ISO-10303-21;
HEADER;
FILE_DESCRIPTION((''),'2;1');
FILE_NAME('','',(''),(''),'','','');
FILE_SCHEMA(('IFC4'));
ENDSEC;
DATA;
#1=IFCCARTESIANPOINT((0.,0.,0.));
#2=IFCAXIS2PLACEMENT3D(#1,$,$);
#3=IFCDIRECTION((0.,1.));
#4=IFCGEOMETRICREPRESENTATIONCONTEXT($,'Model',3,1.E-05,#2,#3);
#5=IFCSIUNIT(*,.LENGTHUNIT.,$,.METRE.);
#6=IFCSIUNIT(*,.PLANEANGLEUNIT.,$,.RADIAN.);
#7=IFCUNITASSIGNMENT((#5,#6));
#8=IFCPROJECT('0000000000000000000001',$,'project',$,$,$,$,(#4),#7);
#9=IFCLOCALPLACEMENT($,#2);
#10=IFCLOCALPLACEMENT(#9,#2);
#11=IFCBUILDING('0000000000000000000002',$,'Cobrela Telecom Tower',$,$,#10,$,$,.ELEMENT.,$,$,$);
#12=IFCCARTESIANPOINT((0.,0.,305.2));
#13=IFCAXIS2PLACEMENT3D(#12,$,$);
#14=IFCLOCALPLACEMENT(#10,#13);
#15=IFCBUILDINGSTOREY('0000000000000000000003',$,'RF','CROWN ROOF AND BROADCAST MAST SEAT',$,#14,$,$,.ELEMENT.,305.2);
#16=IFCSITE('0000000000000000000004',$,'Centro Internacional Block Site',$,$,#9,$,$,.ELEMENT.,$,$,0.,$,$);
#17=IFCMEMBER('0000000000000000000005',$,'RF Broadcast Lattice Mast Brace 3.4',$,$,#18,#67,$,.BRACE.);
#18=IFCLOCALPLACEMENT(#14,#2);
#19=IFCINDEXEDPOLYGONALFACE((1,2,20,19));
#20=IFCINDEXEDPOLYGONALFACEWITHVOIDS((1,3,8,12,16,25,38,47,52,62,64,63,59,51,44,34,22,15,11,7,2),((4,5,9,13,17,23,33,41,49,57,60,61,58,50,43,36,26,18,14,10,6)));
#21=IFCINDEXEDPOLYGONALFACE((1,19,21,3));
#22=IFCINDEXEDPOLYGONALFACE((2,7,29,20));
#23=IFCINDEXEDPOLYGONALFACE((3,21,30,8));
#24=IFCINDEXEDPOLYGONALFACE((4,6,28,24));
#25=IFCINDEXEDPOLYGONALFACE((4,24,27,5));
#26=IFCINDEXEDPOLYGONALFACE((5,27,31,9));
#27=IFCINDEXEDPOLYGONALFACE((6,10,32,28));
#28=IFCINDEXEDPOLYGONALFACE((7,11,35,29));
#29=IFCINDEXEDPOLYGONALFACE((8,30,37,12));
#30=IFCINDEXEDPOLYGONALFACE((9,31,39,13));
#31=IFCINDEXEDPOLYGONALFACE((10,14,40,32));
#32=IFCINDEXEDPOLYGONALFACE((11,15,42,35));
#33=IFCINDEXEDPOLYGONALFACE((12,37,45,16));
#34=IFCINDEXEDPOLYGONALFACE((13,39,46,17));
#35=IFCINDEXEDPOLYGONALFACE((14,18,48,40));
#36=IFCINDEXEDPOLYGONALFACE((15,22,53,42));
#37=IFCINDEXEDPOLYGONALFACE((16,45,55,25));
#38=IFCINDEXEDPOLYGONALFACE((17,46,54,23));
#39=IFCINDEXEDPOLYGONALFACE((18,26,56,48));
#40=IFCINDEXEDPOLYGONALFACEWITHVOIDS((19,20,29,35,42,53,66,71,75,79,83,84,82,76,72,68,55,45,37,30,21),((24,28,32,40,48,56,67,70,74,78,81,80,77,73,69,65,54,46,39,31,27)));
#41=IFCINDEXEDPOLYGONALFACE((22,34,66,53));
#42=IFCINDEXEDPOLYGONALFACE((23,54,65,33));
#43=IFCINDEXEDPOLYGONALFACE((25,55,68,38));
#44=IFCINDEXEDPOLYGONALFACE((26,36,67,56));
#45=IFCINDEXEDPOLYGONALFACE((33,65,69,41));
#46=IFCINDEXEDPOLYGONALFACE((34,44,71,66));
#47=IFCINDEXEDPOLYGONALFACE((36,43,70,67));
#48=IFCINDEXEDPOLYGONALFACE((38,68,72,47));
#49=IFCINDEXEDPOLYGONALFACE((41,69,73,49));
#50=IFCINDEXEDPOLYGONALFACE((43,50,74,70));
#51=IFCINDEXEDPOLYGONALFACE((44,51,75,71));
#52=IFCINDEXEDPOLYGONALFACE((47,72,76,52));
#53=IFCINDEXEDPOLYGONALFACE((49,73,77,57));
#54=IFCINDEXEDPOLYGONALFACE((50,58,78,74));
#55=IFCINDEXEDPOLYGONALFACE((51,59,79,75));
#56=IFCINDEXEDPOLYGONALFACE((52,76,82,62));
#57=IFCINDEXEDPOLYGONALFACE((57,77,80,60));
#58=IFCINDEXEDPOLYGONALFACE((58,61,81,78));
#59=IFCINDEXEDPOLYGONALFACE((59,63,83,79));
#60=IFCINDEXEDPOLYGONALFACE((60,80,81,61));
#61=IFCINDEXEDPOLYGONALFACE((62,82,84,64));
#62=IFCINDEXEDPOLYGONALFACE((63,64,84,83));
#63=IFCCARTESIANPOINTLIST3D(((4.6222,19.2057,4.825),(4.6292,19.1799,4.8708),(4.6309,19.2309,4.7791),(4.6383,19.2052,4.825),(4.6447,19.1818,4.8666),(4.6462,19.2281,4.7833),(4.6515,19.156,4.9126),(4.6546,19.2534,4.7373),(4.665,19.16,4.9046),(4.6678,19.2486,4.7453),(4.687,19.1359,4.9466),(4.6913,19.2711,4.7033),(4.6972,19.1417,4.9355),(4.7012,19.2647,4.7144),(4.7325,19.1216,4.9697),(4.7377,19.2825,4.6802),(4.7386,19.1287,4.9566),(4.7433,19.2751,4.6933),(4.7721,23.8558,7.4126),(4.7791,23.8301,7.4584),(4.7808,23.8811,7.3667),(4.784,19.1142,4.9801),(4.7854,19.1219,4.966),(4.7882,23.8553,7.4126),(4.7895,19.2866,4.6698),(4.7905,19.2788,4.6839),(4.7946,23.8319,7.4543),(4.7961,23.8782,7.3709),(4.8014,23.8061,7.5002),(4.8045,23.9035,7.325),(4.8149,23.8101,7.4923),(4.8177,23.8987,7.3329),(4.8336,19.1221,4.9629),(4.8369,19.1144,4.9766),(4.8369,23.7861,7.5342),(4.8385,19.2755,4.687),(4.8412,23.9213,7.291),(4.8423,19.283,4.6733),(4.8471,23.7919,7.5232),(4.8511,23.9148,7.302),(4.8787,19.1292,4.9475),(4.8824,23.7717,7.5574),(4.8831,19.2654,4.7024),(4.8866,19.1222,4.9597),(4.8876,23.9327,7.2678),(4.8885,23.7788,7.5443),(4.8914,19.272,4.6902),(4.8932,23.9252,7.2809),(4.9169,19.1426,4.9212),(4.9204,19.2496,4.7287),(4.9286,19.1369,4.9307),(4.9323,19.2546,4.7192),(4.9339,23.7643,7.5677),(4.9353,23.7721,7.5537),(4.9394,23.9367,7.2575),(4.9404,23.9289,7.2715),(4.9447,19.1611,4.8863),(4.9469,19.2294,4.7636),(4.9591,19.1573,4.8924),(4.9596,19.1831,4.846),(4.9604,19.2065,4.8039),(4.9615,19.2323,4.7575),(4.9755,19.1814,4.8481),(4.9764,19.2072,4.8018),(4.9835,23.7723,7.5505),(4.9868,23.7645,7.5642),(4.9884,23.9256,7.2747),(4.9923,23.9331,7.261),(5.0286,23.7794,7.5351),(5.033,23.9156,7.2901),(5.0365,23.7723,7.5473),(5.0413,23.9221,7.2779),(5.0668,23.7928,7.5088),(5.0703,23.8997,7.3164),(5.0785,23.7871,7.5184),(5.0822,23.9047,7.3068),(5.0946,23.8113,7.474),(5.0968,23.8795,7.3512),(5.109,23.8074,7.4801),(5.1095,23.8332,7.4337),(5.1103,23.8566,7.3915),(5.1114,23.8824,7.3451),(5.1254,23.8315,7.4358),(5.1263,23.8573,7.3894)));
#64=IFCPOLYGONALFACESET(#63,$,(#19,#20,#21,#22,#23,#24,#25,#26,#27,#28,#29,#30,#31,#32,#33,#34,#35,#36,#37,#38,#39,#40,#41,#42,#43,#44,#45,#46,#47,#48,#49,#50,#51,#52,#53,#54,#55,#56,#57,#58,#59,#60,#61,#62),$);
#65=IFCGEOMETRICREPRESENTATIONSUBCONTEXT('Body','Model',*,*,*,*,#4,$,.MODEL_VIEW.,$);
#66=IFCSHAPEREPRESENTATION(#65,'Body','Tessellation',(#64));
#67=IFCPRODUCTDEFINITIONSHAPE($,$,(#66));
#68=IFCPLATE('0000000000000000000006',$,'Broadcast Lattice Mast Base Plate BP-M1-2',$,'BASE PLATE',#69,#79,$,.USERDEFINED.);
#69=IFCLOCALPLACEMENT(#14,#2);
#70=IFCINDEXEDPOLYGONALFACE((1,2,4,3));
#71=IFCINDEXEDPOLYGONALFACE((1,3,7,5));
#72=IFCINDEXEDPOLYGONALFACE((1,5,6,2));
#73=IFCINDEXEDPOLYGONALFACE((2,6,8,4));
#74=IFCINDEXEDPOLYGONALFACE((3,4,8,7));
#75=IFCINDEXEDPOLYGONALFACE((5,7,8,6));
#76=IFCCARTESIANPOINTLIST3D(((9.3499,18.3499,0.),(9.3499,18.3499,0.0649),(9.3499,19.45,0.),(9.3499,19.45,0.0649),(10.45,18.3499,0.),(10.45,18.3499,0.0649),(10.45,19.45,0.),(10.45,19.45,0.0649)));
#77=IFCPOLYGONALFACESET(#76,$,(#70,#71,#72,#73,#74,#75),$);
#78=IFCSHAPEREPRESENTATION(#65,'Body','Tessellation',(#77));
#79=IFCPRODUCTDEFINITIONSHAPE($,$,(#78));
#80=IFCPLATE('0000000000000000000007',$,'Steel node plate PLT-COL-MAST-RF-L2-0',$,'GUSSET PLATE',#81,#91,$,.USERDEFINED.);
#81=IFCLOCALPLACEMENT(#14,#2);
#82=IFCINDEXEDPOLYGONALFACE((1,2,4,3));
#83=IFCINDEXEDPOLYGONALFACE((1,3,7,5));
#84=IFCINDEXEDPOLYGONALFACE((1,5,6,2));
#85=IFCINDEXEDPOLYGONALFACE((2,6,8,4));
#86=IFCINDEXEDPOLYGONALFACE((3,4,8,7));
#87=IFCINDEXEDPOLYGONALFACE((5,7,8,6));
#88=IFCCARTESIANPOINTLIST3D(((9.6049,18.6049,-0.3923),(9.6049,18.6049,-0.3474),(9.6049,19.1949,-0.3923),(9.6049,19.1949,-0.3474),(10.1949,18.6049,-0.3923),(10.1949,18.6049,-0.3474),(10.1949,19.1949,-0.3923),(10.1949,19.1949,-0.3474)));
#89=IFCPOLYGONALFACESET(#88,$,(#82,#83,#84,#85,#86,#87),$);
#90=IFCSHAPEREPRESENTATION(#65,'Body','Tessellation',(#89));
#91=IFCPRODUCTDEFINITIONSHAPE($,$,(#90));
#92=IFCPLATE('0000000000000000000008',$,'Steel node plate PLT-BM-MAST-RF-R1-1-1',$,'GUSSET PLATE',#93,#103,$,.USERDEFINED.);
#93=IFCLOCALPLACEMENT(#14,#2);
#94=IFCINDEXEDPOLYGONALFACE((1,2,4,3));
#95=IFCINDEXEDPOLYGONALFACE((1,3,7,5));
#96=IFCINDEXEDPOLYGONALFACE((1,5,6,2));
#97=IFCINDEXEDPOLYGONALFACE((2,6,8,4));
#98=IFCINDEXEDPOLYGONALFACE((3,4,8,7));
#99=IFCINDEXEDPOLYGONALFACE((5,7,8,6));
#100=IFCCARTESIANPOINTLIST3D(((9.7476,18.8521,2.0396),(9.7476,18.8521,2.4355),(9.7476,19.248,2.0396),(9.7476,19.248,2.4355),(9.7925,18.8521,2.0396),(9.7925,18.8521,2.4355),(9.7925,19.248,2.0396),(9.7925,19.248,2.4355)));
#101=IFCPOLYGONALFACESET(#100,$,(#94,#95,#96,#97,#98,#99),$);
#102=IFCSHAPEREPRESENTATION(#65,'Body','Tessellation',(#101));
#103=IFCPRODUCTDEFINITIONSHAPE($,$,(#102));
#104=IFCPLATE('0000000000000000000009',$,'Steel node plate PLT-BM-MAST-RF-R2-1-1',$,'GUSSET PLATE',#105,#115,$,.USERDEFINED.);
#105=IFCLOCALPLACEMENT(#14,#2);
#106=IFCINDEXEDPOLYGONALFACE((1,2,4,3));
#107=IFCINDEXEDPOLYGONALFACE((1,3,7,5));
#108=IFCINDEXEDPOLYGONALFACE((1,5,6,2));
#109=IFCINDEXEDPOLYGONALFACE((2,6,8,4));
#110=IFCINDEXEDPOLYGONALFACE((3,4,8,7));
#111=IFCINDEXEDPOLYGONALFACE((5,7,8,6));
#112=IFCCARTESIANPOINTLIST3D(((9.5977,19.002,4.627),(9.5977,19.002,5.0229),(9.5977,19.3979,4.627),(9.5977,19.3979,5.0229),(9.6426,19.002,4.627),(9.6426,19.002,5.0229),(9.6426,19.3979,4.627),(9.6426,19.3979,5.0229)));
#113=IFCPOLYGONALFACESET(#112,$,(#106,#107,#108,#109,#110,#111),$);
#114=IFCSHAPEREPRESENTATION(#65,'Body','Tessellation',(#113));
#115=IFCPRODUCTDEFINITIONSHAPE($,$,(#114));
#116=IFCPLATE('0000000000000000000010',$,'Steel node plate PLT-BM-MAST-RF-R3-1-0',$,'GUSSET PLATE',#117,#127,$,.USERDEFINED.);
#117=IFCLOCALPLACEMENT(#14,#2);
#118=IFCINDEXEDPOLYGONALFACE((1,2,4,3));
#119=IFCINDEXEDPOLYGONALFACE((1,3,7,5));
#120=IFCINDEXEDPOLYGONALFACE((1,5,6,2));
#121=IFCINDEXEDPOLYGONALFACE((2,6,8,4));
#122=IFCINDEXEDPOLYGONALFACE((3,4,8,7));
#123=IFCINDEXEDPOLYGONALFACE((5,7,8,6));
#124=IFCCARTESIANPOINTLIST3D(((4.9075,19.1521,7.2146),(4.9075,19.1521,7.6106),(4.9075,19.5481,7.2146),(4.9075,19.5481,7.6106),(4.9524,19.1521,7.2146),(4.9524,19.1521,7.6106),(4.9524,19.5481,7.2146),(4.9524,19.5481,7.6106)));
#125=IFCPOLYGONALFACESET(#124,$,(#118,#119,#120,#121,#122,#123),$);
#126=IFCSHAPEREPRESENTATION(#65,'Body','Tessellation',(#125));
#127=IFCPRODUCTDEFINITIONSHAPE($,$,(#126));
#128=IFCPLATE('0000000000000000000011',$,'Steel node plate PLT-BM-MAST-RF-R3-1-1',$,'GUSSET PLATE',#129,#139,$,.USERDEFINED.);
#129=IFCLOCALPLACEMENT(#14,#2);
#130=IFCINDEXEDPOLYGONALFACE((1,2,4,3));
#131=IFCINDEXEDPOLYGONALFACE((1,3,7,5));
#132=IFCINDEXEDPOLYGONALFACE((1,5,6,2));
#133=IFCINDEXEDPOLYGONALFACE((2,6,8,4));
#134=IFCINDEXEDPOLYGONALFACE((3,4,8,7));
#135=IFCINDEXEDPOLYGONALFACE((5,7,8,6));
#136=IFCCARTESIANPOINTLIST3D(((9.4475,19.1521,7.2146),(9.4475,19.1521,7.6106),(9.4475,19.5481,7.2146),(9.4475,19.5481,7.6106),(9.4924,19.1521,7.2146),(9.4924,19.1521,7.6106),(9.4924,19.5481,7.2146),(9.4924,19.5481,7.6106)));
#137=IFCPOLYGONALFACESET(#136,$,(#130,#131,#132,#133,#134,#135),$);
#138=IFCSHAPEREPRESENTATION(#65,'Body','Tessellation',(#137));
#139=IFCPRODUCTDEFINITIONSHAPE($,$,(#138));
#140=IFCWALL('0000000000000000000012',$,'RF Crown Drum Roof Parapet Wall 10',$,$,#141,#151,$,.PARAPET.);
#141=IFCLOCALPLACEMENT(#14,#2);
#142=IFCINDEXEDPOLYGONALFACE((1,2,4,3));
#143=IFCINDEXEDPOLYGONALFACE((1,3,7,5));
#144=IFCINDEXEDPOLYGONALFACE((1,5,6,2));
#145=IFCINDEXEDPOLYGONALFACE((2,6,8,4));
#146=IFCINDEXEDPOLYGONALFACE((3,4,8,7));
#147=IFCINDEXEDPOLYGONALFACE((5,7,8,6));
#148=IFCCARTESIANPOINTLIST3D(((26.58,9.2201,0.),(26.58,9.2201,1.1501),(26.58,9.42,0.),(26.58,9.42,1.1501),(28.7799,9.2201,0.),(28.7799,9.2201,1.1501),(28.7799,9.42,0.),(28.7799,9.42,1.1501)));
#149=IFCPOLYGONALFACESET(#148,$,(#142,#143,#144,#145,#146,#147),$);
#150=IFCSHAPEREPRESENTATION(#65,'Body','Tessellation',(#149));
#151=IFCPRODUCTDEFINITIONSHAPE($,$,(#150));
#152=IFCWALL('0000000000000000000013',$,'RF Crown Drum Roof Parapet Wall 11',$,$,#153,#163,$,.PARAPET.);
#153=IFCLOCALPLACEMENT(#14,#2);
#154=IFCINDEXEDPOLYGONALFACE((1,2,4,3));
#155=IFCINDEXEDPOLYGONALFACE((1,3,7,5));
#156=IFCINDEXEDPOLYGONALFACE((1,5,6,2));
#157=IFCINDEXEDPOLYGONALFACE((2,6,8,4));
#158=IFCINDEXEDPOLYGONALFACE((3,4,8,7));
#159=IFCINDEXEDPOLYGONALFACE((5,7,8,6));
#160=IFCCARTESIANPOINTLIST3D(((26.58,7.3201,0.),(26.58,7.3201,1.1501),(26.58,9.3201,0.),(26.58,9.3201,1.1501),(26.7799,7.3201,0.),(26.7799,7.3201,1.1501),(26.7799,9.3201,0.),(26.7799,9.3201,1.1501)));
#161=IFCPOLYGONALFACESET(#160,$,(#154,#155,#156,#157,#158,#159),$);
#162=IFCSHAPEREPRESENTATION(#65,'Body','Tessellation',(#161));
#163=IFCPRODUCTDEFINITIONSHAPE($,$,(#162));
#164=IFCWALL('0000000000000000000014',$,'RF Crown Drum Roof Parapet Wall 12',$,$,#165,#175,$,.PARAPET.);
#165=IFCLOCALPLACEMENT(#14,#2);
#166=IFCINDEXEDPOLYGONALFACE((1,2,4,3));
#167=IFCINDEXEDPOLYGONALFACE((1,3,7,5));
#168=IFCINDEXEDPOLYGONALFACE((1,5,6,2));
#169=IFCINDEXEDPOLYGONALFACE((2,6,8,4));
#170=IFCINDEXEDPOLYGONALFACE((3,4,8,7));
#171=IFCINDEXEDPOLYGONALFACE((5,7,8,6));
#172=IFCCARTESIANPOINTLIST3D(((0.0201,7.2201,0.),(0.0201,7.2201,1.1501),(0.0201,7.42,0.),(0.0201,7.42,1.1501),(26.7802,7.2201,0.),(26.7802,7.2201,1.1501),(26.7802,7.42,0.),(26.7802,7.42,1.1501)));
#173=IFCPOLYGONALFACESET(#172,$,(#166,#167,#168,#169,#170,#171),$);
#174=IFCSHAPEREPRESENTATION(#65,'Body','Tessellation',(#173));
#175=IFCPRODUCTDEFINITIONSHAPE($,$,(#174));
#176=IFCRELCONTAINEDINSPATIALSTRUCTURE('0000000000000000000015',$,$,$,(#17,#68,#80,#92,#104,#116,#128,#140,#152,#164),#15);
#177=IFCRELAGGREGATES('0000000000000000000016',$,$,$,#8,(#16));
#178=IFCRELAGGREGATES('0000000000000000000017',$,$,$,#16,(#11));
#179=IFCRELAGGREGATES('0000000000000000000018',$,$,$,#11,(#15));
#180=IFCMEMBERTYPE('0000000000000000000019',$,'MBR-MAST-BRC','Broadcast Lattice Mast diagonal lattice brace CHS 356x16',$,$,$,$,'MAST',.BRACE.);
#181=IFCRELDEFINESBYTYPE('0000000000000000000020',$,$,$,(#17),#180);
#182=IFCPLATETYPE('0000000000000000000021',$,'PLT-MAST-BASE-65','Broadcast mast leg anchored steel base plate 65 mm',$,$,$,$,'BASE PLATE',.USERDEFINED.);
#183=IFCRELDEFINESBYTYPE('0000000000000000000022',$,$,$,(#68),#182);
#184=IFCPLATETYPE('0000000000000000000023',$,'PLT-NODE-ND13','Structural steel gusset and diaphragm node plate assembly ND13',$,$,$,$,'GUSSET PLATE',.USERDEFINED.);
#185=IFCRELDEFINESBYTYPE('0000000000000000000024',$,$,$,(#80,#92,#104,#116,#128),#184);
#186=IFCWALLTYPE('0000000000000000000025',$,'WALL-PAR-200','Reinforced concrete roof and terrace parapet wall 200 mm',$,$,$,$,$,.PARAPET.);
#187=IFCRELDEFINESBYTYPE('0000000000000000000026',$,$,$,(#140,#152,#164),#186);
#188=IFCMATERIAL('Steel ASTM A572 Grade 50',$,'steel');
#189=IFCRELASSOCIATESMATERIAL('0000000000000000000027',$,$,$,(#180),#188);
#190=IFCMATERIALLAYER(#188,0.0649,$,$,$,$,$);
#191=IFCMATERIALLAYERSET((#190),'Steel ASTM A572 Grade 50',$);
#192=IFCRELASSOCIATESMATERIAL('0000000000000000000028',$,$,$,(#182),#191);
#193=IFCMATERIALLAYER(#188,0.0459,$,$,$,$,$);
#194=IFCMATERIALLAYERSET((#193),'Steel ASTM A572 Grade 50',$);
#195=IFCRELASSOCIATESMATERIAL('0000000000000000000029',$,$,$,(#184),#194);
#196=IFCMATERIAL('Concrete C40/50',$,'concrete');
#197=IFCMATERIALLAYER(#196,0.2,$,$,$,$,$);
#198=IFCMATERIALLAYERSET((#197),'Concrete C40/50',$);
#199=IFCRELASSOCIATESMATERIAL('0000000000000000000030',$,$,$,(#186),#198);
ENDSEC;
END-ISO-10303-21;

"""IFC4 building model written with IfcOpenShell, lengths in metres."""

from ifc_helpers import new_model, si_unit, direction, frame, frame_2d, origin, origin_2d, place, context, subcontext, project, spatial, rectangle, hollow_circle, extrude, material, layer, layer_set, material_profile, profile_set, type_object, element, save


model = new_model("IFC4")

# Units and contexts
model_context = context("Model", 3, precision=1e-05, world=origin(), true_north=direction((0.0, 1.0)))
body_context = subcontext(model_context, "Body", "Model", "MODEL_VIEW")
ifc_project = project(units=[si_unit("LENGTHUNIT", "METRE"), si_unit("PLANEANGLEUNIT", "RADIAN")], contexts=[model_context])

# Site, building, storey
site_placement = place(None, origin())
site = spatial("IfcSite", under=ifc_project, at=site_placement, Name="Centro Internacional Block Site", CompositionType="ELEMENT", RefElevation=0.0)
building_placement = place(site_placement, origin())
building = spatial("IfcBuilding", under=site, at=building_placement, Name="Cobrela Telecom Tower", CompositionType="ELEMENT")
storey_placement = place(building_placement, frame((0.0, 0.0, 305.2)))
storey = spatial("IfcBuildingStorey", under=building, at=storey_placement, Name="RF", Description="CROWN ROOF AND BROADCAST MAST SEAT", CompositionType="ELEMENT", Elevation=305.2)

# Shared definitions
ifc_material_1 = material(Name="Steel ASTM A572 Grade 50", Category="steel")

# Member
ifc_material_profile_1 = material_profile(ifc_material_1, hollow_circle(Radius=0.178, WallThickness=0.0161, at=origin_2d()), Name="CHS 356x16")
ifc_profile_set_1 = profile_set([ifc_material_profile_1], Name="Steel ASTM A572 Grade 50")
member_type = type_object("IfcMemberType", Name="MBR-MAST-BRC", Description="Broadcast Lattice Mast diagonal lattice brace CHS 356x16", ElementType="MAST", PredefinedType="BRACE", material=ifc_profile_set_1)
member_1_placement = place(storey_placement, frame((4.8, 19.2, 4.825), z_axis=(0.028157, 0.873473, 0.486058), x_axis=(-0.999481, 0.032219, 0.0)))
element("IfcMember", 1, at=member_1_placement, inside=storey, type_object=member_type, Name="RF Broadcast Lattice Mast Brace 3.4", PredefinedType="BRACE", context=body_context, shape_type="SweptSolid", body=[
    extrude(hollow_circle(Radius=0.178, WallThickness=0.0161, at=origin_2d()), origin(), (0.0, 0.0, 1.0), 5.3237),
])

# Plates
ifc_layer_1 = layer(ifc_material_1, 0.0649)
ifc_layer_set_1 = layer_set([ifc_layer_1], Name="Steel ASTM A572 Grade 50")
plate_type_1 = type_object("IfcPlateType", Name="PLT-MAST-BASE-65", Description="Broadcast mast leg anchored steel base plate 65 mm", ElementType="BASE PLATE", PredefinedType="USERDEFINED", material=ifc_layer_set_1)
plate_1_placement = place(storey_placement, frame((9.8999, 18.8999, 0.0), z_axis=(0.0, 0.0, 1.0), x_axis=(1.0, 0.0, 0.0)))
element("IfcPlate", 2, at=plate_1_placement, inside=storey, type_object=plate_type_1, Name="Broadcast Lattice Mast Base Plate BP-M1-2", ObjectType="BASE PLATE", PredefinedType="USERDEFINED", context=body_context, shape_type="SweptSolid", body=[
    extrude(rectangle(XDim=1.1001, YDim=1.1001, at=origin_2d()), origin(), (0.0, 0.0, 1.0), 0.0649),
])
ifc_layer_2 = layer(ifc_material_1, 0.0459)
ifc_layer_set_2 = layer_set([ifc_layer_2], Name="Steel ASTM A572 Grade 50")
plate_type_2 = type_object("IfcPlateType", Name="PLT-NODE-ND13", Description="Structural steel gusset and diaphragm node plate assembly ND13", ElementType="GUSSET PLATE", PredefinedType="USERDEFINED", material=ifc_layer_set_2)
plate_2_placement = place(storey_placement, frame((9.8999, 18.8999, -0.3923), z_axis=(0.0, 0.0, 1.0), x_axis=(1.0, 0.0, 0.0)))
element("IfcPlate", 3, at=plate_2_placement, inside=storey, type_object=plate_type_2, Name="Steel node plate PLT-COL-MAST-RF-L2-0", ObjectType="GUSSET PLATE", PredefinedType="USERDEFINED", context=body_context, shape_type="SweptSolid", body=[
    extrude(rectangle(XDim=0.5901, YDim=0.5901, at=origin_2d()), origin(), (0.0, 0.0, 1.0), 0.0449),
])
for number, where, z_axis, x_axis, name in (
    (4, (9.77, 19.05, 2.0396), (0.0, 0.0, 1.0), (1.0, 0.0, 0.0), "Steel node plate PLT-BM-MAST-RF-R1-1-1"),
    (5, (9.6201, 19.2, 4.627), (0.0, 0.0, 1.0), (1.0, 0.0, 0.0), "Steel node plate PLT-BM-MAST-RF-R2-1-1"),
    (6, (4.9299, 19.3501, 7.2146), (0.0, 0.0, 1.0), (1.0, 0.0, 0.0), "Steel node plate PLT-BM-MAST-RF-R3-1-0"),
    (7, (9.47, 19.3501, 7.2146), (0.0, 0.0, 1.0), (1.0, 0.0, 0.0), "Steel node plate PLT-BM-MAST-RF-R3-1-1"),
):
    element("IfcPlate", number, at=place(storey_placement, frame(where, z_axis=z_axis, x_axis=x_axis)), inside=storey, type_object=plate_type_2, Name=name, ObjectType="GUSSET PLATE", PredefinedType="USERDEFINED", context=body_context, shape_type="SweptSolid", body=[
        extrude(rectangle(XDim=0.0449, YDim=0.396, at=origin_2d()), origin(), (0.0, 0.0, 1.0), 0.396),
    ])

# Walls
ifc_material_2 = material(Name="Concrete C40/50", Category="concrete")
ifc_layer_3 = layer(ifc_material_2, 0.2)
ifc_layer_set_3 = layer_set([ifc_layer_3], Name="Concrete C40/50")
wall_type = type_object("IfcWallType", Name="WALL-PAR-200", Description="Reinforced concrete roof and terrace parapet wall 200 mm", PredefinedType="PARAPET", material=ifc_layer_set_3)
wall_1_placement = place(storey_placement, frame((28.78, 9.3201, 0.0), z_axis=(0.0, 0.0, 1.0), x_axis=(-1.0, 0.0, 0.0)))
element("IfcWall", 8, at=wall_1_placement, inside=storey, type_object=wall_type, Name="RF Crown Drum Roof Parapet Wall 10", PredefinedType="PARAPET", context=body_context, shape_type="SweptSolid", body=[
    extrude(rectangle(XDim=2.2, YDim=0.2, at=frame_2d((1.1001, 0.0))), origin(), (0.0, 0.0, 1.0), 1.1501),
])
wall_2_placement = place(storey_placement, frame((26.6799, 9.3201, 0.0), z_axis=(0.0, 0.0, 1.0), x_axis=(0.0, -1.0, 0.0)))
element("IfcWall", 9, at=wall_2_placement, inside=storey, type_object=wall_type, Name="RF Crown Drum Roof Parapet Wall 11", PredefinedType="PARAPET", context=body_context, shape_type="SweptSolid", body=[
    extrude(rectangle(XDim=2.0, YDim=0.2, at=frame_2d((1.0, 0.0))), origin(), (0.0, 0.0, 1.0), 1.1501),
])
wall_3_placement = place(storey_placement, frame((26.78, 7.3201, 0.0), z_axis=(0.0, 0.0, 1.0), x_axis=(-1.0, 0.0, 0.0)))
element("IfcWall", 10, at=wall_3_placement, inside=storey, type_object=wall_type, Name="RF Crown Drum Roof Parapet Wall 12", PredefinedType="PARAPET", context=body_context, shape_type="SweptSolid", body=[
    extrude(rectangle(XDim=26.76, YDim=0.2, at=frame_2d((13.3799, 0.0))), origin(), (0.0, 0.0, 1.0), 1.1501),
])

save(model, "model.ifc")
